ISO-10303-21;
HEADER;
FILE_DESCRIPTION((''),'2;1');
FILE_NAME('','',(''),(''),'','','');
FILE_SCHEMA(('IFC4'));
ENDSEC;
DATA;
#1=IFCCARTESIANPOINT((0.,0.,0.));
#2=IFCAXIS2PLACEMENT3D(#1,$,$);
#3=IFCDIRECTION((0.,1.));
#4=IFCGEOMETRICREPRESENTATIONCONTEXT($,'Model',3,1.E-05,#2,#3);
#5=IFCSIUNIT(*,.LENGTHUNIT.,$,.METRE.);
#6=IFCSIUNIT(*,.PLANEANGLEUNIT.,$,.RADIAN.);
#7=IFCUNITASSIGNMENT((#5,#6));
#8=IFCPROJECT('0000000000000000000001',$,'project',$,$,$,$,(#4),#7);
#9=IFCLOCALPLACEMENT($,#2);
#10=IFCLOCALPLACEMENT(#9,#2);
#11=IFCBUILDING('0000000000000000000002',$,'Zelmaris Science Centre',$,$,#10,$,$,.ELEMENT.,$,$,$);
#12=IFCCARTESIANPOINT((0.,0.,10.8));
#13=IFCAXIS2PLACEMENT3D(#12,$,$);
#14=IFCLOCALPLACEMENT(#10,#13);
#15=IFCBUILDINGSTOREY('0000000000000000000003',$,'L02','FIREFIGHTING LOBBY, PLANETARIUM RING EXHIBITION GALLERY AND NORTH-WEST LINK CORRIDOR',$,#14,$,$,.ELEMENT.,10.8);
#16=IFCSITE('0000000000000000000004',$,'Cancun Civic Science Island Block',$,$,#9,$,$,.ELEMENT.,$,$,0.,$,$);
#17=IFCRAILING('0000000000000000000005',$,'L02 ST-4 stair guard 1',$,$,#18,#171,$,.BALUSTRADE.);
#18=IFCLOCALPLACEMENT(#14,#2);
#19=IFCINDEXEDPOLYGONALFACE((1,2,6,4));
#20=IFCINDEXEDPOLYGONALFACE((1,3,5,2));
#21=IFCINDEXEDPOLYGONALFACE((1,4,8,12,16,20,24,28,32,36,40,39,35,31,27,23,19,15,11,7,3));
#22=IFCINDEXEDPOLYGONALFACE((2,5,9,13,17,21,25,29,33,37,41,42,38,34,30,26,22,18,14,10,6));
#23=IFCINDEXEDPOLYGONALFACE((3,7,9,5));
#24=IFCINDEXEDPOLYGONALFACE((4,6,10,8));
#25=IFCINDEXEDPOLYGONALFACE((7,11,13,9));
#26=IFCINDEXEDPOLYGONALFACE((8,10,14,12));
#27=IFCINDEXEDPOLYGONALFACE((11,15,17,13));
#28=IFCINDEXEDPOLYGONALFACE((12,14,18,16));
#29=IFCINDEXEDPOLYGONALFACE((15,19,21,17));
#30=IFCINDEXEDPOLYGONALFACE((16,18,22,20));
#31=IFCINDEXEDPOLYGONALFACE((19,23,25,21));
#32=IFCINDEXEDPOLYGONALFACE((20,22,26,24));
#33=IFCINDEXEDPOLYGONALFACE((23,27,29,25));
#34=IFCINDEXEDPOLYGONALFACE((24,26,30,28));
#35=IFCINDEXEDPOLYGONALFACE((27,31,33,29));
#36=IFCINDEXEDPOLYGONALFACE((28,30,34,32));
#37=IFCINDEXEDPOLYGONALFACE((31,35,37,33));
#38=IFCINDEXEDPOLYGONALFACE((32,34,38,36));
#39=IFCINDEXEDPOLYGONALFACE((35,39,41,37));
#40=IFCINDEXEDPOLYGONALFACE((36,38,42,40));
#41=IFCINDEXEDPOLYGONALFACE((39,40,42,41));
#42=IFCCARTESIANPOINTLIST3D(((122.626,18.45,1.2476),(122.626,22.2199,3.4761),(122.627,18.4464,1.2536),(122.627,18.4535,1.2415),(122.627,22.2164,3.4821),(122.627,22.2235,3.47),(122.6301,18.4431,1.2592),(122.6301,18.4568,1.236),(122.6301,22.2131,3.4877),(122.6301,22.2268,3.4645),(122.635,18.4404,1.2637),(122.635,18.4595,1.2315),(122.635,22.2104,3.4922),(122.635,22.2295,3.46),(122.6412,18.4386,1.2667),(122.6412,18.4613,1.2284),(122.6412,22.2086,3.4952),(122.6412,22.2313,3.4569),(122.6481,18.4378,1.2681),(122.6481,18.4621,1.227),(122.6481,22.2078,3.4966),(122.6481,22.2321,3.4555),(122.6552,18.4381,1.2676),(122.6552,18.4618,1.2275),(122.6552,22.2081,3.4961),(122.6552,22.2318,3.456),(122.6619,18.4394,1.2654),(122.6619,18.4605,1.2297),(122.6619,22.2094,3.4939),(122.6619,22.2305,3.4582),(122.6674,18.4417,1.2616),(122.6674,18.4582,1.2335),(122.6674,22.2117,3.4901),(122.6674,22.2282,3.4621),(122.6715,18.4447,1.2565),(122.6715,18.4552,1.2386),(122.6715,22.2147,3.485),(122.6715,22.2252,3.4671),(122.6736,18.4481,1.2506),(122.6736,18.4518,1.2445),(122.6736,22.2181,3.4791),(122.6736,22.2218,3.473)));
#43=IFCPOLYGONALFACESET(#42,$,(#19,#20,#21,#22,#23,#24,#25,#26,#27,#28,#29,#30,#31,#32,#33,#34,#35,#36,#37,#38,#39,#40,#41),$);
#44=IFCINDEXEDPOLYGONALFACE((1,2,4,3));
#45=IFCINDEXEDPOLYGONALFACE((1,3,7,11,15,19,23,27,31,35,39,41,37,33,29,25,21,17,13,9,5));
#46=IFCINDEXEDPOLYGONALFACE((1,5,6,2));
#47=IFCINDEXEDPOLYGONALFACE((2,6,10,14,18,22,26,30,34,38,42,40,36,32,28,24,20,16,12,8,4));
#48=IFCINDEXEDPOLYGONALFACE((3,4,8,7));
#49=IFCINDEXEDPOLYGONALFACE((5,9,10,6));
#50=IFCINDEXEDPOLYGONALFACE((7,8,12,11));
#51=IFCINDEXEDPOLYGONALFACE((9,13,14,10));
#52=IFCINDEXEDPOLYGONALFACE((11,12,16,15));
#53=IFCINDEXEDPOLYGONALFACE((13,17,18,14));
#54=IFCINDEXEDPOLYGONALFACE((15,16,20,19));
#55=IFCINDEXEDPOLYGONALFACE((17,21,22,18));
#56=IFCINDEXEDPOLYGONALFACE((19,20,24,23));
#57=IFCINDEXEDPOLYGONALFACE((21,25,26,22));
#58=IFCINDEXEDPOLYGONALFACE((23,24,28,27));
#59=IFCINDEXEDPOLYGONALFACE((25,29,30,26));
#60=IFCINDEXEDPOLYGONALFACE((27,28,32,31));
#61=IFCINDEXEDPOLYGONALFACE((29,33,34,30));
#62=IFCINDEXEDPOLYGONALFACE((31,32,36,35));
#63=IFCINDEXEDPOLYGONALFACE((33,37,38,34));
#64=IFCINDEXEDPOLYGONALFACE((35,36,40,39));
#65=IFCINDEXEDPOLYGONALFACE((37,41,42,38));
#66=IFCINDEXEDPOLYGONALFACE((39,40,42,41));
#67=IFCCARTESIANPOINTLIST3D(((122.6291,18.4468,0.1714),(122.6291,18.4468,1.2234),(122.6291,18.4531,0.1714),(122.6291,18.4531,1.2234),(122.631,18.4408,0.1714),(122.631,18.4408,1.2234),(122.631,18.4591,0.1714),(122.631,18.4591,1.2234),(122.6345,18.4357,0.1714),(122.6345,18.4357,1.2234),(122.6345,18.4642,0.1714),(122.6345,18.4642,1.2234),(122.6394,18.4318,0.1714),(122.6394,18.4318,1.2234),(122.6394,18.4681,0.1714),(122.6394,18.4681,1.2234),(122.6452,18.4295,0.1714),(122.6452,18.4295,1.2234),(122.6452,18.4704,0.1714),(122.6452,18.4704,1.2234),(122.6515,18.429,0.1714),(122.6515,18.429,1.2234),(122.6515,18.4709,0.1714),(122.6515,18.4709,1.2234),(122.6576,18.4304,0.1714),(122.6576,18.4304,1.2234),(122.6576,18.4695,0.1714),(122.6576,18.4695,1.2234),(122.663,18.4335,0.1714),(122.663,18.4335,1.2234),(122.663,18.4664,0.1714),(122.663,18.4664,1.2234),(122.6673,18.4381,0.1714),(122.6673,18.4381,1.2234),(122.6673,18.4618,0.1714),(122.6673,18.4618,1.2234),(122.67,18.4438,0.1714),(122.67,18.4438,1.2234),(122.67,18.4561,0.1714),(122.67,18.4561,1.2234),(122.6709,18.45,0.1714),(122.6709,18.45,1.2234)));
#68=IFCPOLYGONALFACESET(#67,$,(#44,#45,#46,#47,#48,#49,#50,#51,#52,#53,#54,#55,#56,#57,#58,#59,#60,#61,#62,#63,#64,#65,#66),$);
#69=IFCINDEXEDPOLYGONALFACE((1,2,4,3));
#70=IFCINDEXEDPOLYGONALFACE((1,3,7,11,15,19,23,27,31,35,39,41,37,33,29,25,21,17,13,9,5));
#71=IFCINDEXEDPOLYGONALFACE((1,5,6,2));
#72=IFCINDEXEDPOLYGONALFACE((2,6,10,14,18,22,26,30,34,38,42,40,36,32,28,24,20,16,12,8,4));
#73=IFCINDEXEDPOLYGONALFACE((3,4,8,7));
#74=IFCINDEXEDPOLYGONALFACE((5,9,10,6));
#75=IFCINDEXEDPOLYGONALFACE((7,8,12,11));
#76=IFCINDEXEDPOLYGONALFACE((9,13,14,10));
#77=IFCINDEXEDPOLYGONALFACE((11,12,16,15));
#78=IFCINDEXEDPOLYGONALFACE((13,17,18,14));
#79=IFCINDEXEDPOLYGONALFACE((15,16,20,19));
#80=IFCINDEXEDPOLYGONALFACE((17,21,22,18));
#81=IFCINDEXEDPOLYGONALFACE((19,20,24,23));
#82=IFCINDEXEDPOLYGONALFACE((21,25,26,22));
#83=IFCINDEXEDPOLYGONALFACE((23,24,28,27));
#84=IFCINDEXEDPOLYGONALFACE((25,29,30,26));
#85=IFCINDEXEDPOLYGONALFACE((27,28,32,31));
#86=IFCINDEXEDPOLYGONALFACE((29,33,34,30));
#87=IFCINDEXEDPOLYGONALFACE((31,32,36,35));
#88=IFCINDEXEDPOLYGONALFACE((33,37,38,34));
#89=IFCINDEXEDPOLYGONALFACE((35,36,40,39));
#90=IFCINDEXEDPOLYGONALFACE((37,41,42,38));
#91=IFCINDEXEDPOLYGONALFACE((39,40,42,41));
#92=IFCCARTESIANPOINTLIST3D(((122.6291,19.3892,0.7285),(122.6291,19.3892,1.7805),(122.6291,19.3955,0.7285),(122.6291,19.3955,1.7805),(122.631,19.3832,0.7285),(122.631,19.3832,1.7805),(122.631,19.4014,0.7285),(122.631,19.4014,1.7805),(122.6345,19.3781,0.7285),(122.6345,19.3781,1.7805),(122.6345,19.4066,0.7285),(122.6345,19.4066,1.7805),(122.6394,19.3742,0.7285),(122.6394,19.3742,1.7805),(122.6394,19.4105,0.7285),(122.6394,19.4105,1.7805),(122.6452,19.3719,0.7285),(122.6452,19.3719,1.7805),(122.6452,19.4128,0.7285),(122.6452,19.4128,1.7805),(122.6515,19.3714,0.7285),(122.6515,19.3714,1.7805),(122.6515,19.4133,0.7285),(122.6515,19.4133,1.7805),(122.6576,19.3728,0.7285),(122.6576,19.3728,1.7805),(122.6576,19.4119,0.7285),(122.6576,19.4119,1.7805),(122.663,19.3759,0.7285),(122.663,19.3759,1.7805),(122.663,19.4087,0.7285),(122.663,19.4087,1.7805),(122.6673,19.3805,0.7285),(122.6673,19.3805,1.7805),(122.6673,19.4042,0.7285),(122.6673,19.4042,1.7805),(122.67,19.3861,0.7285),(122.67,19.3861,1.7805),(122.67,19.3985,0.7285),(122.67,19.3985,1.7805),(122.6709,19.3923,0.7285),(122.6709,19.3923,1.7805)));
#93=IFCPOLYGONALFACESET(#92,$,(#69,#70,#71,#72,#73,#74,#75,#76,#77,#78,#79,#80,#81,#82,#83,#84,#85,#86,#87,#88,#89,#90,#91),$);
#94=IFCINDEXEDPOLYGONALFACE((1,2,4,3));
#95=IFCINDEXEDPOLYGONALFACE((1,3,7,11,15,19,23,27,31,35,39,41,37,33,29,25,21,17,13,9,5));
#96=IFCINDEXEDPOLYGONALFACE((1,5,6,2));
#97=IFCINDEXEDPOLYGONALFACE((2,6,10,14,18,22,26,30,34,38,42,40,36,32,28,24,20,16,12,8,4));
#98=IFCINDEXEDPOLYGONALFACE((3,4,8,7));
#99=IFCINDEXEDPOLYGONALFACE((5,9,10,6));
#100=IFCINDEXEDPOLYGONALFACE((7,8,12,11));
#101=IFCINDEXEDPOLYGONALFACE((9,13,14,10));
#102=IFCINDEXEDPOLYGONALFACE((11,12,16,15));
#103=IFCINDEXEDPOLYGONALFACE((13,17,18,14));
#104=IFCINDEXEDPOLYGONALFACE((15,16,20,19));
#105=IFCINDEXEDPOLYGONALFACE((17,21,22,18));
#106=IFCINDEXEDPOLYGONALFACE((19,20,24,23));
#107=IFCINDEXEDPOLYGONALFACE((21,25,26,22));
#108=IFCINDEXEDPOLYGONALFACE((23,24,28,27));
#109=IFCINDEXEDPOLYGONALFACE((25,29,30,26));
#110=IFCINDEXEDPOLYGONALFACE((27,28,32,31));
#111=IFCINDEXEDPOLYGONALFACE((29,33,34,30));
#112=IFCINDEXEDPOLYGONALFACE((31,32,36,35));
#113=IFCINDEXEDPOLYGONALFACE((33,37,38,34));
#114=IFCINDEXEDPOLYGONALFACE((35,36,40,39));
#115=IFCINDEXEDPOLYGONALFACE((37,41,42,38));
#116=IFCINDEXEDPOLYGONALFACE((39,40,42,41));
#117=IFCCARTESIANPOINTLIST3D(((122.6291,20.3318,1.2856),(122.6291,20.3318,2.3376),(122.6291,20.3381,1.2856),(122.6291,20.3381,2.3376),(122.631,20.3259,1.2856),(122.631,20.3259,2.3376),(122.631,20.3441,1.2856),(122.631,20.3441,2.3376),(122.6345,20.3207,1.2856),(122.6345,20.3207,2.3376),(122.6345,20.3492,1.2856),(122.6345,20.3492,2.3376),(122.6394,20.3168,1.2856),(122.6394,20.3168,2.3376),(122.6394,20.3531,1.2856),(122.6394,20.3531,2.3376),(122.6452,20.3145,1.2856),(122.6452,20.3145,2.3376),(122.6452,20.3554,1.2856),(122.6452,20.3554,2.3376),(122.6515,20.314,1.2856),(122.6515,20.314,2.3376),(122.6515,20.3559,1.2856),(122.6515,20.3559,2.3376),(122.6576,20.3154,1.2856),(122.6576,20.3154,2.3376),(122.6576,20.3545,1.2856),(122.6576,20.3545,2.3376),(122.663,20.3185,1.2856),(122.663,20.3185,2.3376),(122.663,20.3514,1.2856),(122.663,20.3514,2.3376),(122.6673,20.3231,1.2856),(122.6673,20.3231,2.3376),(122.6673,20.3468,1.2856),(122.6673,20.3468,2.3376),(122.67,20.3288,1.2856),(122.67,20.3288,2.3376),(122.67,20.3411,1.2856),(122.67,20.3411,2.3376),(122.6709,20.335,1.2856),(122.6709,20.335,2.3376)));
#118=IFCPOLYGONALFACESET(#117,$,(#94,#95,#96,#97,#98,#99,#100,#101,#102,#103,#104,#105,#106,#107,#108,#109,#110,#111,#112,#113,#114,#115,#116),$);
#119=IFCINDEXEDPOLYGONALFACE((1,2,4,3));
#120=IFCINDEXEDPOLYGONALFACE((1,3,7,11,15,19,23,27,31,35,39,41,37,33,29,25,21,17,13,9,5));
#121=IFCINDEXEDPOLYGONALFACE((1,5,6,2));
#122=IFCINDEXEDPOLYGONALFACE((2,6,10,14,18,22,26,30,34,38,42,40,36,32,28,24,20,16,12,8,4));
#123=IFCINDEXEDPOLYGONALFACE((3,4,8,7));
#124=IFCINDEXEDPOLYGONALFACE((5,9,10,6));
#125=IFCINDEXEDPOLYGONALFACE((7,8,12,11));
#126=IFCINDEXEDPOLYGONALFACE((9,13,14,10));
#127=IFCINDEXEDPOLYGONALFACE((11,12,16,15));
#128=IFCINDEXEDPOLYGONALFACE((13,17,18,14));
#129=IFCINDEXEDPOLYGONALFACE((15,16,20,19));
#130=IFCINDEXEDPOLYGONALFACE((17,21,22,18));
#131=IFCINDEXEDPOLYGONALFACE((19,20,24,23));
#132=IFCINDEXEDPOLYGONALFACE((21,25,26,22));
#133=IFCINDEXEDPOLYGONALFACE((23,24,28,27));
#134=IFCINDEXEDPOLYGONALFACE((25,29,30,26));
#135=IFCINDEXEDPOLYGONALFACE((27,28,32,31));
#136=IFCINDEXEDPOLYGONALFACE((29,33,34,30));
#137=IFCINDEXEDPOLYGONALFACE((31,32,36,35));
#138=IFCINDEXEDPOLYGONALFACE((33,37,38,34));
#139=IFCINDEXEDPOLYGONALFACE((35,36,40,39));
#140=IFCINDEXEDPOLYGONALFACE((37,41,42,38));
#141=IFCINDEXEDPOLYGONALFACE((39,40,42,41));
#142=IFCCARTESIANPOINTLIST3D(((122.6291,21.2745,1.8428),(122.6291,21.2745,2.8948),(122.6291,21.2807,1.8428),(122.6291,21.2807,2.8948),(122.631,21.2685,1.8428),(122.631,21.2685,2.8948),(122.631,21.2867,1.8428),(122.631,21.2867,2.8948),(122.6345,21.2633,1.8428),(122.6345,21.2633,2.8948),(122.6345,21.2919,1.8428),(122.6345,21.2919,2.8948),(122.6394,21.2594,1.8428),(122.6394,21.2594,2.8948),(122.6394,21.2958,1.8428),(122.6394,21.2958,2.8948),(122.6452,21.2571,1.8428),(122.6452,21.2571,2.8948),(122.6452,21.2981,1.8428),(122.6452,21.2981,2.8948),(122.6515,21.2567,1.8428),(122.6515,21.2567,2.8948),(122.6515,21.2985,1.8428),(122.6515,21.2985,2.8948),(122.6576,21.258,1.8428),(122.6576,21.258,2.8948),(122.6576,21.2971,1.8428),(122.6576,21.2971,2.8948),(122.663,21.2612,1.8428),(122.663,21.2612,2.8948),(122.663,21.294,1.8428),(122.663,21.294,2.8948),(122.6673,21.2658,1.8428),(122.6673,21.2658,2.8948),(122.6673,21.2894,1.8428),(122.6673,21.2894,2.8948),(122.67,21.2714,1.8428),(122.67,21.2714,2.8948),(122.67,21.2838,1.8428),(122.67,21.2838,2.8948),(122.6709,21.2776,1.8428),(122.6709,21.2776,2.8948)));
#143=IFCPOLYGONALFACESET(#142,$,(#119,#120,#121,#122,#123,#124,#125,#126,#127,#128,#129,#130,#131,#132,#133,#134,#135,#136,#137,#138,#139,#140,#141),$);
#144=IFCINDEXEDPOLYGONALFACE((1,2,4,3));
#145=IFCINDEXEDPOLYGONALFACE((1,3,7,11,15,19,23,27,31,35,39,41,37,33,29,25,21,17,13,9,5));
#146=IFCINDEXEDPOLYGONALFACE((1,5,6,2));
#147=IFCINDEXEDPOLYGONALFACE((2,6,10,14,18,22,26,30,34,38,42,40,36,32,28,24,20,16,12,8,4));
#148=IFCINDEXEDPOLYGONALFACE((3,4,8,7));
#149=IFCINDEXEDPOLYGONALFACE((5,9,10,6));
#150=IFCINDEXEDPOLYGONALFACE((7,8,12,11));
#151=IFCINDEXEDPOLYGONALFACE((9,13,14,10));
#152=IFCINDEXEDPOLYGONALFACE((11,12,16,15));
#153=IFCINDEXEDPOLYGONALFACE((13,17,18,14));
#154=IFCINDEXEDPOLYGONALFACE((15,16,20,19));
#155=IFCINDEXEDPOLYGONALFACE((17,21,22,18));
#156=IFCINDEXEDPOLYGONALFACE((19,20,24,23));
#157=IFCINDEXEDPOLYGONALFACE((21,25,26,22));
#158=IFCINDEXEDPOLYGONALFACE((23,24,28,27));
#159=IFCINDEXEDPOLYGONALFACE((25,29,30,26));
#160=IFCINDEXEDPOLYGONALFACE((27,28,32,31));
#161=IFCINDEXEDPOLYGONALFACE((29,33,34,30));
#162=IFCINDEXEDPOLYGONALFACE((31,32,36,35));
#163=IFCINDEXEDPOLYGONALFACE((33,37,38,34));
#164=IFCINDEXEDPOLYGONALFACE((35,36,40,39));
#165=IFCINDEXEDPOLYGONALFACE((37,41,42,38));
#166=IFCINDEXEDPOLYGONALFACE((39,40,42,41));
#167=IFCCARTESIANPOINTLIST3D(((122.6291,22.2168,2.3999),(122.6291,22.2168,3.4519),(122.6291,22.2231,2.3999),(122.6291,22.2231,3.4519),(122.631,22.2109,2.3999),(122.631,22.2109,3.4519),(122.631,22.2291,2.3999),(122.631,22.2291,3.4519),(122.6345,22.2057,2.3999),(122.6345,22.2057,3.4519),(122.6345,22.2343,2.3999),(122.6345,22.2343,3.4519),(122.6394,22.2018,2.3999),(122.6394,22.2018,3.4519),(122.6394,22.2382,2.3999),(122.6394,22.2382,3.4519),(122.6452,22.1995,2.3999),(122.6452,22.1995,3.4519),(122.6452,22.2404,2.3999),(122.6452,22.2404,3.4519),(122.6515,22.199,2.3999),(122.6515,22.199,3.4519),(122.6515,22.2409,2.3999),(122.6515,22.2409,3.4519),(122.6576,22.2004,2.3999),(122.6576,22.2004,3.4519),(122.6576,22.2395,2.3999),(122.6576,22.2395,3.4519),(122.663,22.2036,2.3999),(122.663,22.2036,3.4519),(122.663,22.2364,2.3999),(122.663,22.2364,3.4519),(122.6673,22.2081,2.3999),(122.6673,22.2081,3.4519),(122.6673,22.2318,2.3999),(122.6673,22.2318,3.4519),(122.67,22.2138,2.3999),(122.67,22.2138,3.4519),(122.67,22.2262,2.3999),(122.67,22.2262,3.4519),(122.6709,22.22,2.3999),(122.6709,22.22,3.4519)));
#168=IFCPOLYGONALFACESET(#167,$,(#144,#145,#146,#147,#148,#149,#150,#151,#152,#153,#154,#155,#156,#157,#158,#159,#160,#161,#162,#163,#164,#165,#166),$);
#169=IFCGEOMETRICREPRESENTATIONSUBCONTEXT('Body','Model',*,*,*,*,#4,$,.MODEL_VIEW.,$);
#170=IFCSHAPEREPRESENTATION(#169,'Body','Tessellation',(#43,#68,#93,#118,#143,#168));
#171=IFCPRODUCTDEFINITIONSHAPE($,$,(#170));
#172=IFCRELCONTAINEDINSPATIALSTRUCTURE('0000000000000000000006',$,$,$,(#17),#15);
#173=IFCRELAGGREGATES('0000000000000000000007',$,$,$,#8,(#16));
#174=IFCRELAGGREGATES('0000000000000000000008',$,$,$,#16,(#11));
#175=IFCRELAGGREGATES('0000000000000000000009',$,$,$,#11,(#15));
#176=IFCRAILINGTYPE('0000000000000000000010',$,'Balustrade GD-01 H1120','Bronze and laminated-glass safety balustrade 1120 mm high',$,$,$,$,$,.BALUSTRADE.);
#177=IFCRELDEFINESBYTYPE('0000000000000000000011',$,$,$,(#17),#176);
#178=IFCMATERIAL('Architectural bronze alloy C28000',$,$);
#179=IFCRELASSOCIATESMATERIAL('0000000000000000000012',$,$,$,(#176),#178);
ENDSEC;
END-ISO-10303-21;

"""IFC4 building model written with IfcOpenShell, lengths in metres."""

from ifc_helpers import new_model, si_unit, direction, frame, origin, origin_2d, place, context, subcontext, project, spatial, circle, extrude, material, type_object, element, save


model = new_model("IFC4")

# Units and contexts
model_context = context("Model", 3, precision=1e-05, world=origin(), true_north=direction((0.0, 1.0)))
body_context = subcontext(model_context, "Body", "Model", "MODEL_VIEW")
ifc_project = project(units=[si_unit("LENGTHUNIT", "METRE"), si_unit("PLANEANGLEUNIT", "RADIAN")], contexts=[model_context])

# Site, building, storey
site_placement = place(None, origin())
site = spatial("IfcSite", under=ifc_project, at=site_placement, Name="Cancun Civic Science Island Block", CompositionType="ELEMENT", RefElevation=0.0)
building_placement = place(site_placement, origin())
building = spatial("IfcBuilding", under=site, at=building_placement, Name="Zelmaris Science Centre", CompositionType="ELEMENT")
storey_placement = place(building_placement, frame((0.0, 0.0, 10.8)))
storey = spatial("IfcBuildingStorey", under=building, at=storey_placement, Name="L02", Description="FIREFIGHTING LOBBY, PLANETARIUM RING EXHIBITION GALLERY AND NORTH-WEST LINK CORRIDOR", CompositionType="ELEMENT", Elevation=10.8)

# Shared definitions
ifc_material_1 = material(Name="Architectural bronze alloy C28000")

# Railing
railing_type_1 = type_object("IfcRailingType", Name="Balustrade GD-01 H1120", Description="Bronze and laminated-glass safety balustrade 1120 mm high", PredefinedType="BALUSTRADE", material=ifc_material_1)
railing_1_placement = place(storey_placement, frame((122.6499, 18.45, 0.1714)))
element("IfcRailing", 1, at=railing_1_placement, inside=storey, type_object=railing_type_1, Name="L02 ST-4 stair guard 1", PredefinedType="BALUSTRADE", context=body_context, shape_type="SweptSolid", body=[
    extrude(circle(Radius=0.0239, at=origin_2d()), frame((0.0, 0.0, 1.0762), z_axis=(0.0, 0.860849, 0.508861), x_axis=(-1.0, 0.0, 0.0)), (0.0, 0.0, 1.0), 4.3794),
    extrude(circle(Radius=0.021, at=origin_2d()), origin(), (0.0, 0.0, 1.0), 1.052),
    extrude(circle(Radius=0.021, at=origin_2d()), frame((0.0, 0.9424, 0.5571)), (0.0, 0.0, 1.0), 1.052),
    extrude(circle(Radius=0.021, at=origin_2d()), frame((0.0, 1.885, 1.1143)), (0.0, 0.0, 1.0), 1.052),
    extrude(circle(Radius=0.021, at=origin_2d()), frame((0.0, 2.8276, 1.6714)), (0.0, 0.0, 1.0), 1.052),
    extrude(circle(Radius=0.021, at=origin_2d()), frame((0.0, 3.77, 2.2285)), (0.0, 0.0, 1.0), 1.052),
])

save(model, "model.ifc")
